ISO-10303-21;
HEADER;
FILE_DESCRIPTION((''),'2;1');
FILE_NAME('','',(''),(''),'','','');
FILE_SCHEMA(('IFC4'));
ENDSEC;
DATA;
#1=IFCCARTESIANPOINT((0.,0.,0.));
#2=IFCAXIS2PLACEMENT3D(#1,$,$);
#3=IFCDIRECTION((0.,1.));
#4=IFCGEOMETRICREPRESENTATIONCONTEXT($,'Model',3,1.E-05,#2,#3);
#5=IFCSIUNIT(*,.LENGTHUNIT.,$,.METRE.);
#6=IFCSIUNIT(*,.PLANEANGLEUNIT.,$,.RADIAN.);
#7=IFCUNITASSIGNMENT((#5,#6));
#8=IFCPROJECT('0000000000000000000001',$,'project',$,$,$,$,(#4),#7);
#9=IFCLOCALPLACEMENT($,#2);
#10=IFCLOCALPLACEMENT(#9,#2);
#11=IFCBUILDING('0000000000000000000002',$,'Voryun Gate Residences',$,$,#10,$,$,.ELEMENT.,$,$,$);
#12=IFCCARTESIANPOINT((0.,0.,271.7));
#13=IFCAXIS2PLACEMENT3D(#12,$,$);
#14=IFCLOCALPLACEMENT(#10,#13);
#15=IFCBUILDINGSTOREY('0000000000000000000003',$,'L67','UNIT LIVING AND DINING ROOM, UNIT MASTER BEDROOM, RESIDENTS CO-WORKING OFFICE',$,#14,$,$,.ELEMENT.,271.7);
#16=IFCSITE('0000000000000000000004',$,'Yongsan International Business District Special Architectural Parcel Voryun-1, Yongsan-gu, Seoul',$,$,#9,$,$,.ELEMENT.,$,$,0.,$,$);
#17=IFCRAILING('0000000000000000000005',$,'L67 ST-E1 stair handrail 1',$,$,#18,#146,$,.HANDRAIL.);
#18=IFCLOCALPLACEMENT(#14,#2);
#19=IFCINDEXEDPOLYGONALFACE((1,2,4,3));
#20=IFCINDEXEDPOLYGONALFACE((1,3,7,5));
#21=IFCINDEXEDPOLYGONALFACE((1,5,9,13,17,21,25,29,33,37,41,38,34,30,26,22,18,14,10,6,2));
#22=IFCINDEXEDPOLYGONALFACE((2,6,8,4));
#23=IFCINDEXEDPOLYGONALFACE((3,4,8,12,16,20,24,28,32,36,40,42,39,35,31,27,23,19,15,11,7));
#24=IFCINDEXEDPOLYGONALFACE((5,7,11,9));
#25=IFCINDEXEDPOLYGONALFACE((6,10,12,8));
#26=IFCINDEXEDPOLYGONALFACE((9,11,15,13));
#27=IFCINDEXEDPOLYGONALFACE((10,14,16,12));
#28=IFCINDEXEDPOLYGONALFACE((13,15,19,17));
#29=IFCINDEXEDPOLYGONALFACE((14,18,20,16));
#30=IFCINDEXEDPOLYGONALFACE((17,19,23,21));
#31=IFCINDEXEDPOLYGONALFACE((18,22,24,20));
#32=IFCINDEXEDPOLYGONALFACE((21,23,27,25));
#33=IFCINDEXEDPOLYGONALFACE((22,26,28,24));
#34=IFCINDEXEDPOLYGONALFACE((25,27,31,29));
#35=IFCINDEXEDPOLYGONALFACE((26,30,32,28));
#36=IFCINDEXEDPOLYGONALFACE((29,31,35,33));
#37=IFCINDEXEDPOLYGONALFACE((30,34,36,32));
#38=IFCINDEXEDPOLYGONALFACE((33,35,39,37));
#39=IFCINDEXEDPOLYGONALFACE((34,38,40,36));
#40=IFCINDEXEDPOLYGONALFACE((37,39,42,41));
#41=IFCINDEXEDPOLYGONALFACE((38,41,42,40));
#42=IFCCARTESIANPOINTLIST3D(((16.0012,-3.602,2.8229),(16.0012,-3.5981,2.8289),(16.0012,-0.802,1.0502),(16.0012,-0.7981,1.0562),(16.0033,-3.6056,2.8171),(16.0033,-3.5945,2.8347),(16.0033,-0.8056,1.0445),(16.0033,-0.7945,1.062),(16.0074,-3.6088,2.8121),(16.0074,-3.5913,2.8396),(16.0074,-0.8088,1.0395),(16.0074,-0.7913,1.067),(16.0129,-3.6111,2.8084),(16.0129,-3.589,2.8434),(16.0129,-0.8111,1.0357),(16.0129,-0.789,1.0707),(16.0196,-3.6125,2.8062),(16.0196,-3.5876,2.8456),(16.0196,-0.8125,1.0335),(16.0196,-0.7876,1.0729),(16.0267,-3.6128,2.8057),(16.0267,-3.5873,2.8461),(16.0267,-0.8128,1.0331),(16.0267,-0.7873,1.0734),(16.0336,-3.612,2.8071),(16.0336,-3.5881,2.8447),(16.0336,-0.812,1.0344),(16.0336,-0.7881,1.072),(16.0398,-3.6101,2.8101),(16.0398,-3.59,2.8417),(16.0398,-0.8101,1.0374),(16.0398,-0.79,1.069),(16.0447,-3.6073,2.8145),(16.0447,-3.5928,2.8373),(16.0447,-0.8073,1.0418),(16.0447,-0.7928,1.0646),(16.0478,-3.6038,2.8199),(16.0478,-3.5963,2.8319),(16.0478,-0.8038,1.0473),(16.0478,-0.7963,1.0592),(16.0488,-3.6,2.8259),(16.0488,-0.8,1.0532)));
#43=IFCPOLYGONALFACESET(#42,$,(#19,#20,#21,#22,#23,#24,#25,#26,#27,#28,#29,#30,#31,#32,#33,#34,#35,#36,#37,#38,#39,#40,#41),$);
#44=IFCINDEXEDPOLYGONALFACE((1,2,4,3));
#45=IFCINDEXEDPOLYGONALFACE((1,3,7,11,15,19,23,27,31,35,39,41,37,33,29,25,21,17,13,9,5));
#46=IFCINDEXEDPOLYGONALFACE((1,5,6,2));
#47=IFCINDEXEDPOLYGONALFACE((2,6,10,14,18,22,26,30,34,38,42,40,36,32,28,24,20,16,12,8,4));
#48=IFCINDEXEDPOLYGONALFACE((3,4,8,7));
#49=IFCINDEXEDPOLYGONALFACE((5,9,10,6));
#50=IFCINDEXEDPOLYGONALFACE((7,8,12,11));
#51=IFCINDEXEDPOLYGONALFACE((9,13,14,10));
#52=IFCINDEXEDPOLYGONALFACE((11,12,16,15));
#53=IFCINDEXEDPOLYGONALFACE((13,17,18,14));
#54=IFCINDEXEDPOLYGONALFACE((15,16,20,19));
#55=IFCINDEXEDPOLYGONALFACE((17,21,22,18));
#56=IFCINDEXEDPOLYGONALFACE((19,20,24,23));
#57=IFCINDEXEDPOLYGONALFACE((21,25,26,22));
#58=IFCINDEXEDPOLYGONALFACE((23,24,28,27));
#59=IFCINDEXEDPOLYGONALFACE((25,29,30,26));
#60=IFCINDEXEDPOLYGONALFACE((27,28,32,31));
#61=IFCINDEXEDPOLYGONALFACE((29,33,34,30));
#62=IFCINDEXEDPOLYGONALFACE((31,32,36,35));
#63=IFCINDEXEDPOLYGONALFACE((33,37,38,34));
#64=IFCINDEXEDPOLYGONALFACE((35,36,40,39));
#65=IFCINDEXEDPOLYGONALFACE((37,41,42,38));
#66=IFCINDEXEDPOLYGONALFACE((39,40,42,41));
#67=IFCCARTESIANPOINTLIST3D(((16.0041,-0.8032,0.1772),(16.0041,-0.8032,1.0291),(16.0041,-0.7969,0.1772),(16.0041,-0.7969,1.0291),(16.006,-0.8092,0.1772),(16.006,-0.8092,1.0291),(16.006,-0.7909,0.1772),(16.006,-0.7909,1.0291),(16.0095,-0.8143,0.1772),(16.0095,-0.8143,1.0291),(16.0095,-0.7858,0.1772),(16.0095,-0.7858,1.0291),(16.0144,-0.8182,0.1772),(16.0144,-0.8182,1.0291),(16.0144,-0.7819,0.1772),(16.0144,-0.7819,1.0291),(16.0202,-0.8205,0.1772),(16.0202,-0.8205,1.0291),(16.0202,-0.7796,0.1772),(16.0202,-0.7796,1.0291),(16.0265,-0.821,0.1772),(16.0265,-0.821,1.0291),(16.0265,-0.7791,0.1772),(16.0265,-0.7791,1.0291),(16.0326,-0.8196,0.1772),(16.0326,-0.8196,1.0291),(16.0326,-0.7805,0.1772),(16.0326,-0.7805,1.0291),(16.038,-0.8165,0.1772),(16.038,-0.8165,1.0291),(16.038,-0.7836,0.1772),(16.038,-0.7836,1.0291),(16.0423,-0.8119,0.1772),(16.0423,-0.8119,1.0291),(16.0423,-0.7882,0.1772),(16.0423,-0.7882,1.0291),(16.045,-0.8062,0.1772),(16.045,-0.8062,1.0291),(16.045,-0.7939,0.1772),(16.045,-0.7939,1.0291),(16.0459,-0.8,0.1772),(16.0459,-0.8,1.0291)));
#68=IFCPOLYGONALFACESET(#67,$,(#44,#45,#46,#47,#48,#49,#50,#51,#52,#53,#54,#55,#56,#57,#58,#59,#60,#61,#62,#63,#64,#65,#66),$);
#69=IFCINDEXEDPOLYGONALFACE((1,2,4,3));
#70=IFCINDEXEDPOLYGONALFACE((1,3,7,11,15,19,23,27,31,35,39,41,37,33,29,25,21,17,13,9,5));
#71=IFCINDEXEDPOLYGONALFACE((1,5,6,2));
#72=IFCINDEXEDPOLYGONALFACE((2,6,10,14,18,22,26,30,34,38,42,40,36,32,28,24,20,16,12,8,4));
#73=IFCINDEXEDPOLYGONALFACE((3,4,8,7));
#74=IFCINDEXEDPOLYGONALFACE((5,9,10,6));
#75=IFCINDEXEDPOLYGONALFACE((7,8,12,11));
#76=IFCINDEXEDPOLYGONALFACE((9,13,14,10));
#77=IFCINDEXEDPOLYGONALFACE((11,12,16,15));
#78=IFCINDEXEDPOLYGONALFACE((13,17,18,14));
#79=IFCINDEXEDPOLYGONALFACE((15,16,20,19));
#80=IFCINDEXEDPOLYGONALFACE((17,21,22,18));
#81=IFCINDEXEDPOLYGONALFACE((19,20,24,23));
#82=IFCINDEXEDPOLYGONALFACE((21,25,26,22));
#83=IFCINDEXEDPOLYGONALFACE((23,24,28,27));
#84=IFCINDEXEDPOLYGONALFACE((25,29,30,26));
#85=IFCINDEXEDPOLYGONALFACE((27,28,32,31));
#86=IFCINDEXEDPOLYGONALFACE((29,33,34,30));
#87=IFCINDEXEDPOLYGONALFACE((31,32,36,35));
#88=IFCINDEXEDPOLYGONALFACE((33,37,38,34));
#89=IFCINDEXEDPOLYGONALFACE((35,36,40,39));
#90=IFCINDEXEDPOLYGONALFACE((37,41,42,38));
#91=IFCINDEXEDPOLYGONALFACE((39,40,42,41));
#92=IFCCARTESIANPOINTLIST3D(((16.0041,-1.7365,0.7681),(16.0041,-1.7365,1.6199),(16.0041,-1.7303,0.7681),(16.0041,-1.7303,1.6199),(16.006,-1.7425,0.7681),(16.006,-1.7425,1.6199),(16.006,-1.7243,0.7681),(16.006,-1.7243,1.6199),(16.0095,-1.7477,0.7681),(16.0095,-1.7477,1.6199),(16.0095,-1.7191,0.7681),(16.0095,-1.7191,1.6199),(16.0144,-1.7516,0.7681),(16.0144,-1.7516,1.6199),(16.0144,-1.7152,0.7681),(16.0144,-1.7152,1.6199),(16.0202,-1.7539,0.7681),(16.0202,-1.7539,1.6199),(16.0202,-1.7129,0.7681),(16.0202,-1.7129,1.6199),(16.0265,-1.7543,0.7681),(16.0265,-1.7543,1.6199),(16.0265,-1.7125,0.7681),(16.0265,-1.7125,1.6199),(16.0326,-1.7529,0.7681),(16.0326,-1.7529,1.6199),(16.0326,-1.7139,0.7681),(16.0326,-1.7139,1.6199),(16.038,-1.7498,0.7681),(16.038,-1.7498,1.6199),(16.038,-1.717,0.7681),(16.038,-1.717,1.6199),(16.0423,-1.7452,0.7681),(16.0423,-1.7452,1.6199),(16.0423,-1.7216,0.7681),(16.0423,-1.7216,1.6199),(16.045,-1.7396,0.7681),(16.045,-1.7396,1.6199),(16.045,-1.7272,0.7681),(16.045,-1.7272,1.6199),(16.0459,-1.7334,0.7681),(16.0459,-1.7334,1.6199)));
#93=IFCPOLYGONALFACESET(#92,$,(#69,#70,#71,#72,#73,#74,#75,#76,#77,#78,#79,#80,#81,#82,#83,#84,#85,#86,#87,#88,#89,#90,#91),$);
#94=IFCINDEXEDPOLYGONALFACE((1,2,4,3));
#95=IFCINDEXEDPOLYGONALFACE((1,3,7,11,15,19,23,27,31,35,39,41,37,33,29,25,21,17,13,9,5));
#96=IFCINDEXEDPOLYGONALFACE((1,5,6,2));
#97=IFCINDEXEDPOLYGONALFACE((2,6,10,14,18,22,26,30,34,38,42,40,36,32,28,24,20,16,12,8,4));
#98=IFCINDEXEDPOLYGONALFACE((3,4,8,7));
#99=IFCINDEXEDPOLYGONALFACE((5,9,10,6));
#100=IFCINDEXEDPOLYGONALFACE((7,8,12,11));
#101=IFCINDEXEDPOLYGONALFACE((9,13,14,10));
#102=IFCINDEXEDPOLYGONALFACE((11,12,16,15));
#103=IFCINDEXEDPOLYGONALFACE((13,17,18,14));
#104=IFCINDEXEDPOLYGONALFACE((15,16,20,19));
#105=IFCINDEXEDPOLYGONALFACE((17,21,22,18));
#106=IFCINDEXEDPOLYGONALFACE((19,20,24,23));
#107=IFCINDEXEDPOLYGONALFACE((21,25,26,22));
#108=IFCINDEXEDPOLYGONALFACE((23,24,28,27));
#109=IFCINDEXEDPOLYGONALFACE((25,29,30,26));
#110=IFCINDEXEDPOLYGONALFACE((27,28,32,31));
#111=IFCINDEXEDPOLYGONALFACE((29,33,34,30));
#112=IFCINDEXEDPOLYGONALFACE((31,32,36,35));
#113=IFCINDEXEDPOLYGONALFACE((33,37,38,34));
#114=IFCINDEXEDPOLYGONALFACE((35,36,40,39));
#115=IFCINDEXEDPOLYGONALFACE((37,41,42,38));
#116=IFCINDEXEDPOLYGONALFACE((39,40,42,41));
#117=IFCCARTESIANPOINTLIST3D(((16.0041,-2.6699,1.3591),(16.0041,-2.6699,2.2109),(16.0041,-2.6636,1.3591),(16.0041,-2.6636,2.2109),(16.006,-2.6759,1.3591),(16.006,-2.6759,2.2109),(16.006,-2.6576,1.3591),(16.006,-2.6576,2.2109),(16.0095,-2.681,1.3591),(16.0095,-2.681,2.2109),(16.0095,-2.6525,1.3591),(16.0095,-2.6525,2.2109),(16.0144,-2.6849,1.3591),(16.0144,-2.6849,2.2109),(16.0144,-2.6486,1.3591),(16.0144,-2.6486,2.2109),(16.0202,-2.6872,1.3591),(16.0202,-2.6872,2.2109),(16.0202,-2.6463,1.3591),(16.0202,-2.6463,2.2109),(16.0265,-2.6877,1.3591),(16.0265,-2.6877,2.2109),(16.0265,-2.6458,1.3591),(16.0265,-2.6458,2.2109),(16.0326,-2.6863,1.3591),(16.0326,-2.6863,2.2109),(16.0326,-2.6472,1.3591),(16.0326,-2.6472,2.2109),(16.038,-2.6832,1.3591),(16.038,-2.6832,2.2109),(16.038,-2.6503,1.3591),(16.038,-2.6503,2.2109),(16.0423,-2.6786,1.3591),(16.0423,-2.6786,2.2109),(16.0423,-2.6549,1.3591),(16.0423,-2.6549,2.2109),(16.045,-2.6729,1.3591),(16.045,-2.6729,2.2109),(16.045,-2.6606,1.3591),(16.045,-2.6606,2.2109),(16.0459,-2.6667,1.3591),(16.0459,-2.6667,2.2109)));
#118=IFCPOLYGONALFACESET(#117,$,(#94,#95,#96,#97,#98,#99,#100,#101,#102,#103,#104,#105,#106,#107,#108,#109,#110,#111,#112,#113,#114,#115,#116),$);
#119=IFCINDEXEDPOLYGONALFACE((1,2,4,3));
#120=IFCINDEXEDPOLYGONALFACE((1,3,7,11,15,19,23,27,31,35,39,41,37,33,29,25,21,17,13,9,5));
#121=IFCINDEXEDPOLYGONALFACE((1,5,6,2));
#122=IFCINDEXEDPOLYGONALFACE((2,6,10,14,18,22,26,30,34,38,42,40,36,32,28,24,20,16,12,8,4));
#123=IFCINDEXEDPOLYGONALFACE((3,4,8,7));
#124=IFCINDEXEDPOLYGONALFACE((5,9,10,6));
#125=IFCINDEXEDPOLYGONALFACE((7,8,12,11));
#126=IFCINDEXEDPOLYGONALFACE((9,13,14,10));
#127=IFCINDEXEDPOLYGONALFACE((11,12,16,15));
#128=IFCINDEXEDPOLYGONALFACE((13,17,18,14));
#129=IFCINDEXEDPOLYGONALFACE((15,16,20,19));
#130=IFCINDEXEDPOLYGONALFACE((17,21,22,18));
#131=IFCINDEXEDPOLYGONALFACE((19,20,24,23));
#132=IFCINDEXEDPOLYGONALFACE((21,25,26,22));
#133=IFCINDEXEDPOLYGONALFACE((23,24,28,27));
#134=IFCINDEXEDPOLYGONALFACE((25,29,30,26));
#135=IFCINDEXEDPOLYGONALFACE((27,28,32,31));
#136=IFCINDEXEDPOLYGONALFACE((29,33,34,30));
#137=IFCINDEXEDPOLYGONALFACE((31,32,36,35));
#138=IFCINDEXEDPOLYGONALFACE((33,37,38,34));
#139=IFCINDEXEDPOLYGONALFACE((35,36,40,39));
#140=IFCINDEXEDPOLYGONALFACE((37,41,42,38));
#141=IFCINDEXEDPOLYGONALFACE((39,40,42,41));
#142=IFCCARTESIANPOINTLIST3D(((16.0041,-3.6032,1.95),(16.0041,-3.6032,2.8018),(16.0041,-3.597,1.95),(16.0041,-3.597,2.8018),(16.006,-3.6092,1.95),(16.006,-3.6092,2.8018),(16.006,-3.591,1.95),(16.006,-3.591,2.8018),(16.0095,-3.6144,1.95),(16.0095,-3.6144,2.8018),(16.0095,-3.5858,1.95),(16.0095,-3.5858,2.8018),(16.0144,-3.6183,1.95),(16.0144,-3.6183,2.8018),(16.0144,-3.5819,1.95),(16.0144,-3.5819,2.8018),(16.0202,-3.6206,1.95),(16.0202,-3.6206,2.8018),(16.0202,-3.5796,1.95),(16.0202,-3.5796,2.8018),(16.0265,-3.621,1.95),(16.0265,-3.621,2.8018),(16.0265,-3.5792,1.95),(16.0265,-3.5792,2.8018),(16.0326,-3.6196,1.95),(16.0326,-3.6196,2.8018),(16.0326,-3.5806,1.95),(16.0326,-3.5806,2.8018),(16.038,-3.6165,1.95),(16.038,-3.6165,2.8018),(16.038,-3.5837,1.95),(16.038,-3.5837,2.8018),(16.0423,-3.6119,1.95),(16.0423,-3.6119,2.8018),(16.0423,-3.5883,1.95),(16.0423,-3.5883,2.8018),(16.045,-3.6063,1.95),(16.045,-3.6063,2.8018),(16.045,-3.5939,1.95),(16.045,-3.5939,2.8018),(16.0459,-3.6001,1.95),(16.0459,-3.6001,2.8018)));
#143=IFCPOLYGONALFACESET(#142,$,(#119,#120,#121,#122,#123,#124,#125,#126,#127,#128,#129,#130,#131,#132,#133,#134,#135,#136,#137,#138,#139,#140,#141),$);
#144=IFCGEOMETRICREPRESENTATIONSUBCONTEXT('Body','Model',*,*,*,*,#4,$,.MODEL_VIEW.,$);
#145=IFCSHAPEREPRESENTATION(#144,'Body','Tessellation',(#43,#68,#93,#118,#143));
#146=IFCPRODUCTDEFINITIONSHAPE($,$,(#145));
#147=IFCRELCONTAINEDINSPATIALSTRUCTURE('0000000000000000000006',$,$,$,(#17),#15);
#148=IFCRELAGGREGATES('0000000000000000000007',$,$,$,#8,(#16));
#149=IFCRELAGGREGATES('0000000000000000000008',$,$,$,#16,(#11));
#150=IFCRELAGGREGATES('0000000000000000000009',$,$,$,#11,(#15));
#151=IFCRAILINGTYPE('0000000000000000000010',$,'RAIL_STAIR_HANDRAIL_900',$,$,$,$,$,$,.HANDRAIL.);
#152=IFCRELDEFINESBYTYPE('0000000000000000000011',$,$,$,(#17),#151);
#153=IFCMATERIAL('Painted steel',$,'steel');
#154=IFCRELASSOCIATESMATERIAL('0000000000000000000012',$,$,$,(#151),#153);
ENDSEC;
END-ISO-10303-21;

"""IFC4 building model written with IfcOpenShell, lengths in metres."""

from ifc_helpers import new_model, si_unit, direction, frame, origin, origin_2d, place, context, subcontext, project, spatial, circle, extrude, material, type_object, element, save


model = new_model("IFC4")

# Units and contexts
model_context = context("Model", 3, precision=1e-05, world=origin(), true_north=direction((0.0, 1.0)))
body_context = subcontext(model_context, "Body", "Model", "MODEL_VIEW")
ifc_project = project(units=[si_unit("LENGTHUNIT", "METRE"), si_unit("PLANEANGLEUNIT", "RADIAN")], contexts=[model_context])

# Site, building, storey
site_placement = place(None, origin())
site = spatial("IfcSite", under=ifc_project, at=site_placement, Name="Yongsan International Business District Special Architectural Parcel Voryun-1, Yongsan-gu, Seoul", CompositionType="ELEMENT", RefElevation=0.0)
building_placement = place(site_placement, origin())
building = spatial("IfcBuilding", under=site, at=building_placement, Name="Voryun Gate Residences", CompositionType="ELEMENT")
storey_placement = place(building_placement, frame((0.0, 0.0, 271.7)))
storey = spatial("IfcBuildingStorey", under=building, at=storey_placement, Name="L67", Description="UNIT LIVING AND DINING ROOM, UNIT MASTER BEDROOM, RESIDENTS CO-WORKING OFFICE", CompositionType="ELEMENT", Elevation=271.7)

# Railing
ifc_material_1 = material(Name="Painted steel", Category="steel")
railing_type_1 = type_object("IfcRailingType", Name="RAIL_STAIR_HANDRAIL_900", PredefinedType="HANDRAIL", material=ifc_material_1)
railing_1_placement = place(storey_placement, frame((16.0249, -0.8, 0.1772)))
element("IfcRailing", 1, at=railing_1_placement, inside=storey, type_object=railing_type_1, Name="L67 ST-E1 stair handrail 1", PredefinedType="HANDRAIL", context=body_context, shape_type="SweptSolid", body=[
    extrude(circle(Radius=0.0239, at=origin_2d()), frame((0.0, 0.0, 0.876), z_axis=(0.0, -0.844909, 0.53491), x_axis=(1.0, 0.0, 0.0)), (0.0, 0.0, 1.0), 3.314),
    extrude(circle(Radius=0.021, at=origin_2d()), origin(), (0.0, 0.0, 1.0), 0.8518),
    extrude(circle(Radius=0.021, at=origin_2d()), frame((0.0, -0.9333, 0.5908)), (0.0, 0.0, 1.0), 0.8518),
    extrude(circle(Radius=0.021, at=origin_2d()), frame((0.0, -1.8667, 1.1819)), (0.0, 0.0, 1.0), 0.8518),
    extrude(circle(Radius=0.021, at=origin_2d()), frame((0.0, -2.8, 1.7727)), (0.0, 0.0, 1.0), 0.8518),
])

save(model, "model.ifc")
